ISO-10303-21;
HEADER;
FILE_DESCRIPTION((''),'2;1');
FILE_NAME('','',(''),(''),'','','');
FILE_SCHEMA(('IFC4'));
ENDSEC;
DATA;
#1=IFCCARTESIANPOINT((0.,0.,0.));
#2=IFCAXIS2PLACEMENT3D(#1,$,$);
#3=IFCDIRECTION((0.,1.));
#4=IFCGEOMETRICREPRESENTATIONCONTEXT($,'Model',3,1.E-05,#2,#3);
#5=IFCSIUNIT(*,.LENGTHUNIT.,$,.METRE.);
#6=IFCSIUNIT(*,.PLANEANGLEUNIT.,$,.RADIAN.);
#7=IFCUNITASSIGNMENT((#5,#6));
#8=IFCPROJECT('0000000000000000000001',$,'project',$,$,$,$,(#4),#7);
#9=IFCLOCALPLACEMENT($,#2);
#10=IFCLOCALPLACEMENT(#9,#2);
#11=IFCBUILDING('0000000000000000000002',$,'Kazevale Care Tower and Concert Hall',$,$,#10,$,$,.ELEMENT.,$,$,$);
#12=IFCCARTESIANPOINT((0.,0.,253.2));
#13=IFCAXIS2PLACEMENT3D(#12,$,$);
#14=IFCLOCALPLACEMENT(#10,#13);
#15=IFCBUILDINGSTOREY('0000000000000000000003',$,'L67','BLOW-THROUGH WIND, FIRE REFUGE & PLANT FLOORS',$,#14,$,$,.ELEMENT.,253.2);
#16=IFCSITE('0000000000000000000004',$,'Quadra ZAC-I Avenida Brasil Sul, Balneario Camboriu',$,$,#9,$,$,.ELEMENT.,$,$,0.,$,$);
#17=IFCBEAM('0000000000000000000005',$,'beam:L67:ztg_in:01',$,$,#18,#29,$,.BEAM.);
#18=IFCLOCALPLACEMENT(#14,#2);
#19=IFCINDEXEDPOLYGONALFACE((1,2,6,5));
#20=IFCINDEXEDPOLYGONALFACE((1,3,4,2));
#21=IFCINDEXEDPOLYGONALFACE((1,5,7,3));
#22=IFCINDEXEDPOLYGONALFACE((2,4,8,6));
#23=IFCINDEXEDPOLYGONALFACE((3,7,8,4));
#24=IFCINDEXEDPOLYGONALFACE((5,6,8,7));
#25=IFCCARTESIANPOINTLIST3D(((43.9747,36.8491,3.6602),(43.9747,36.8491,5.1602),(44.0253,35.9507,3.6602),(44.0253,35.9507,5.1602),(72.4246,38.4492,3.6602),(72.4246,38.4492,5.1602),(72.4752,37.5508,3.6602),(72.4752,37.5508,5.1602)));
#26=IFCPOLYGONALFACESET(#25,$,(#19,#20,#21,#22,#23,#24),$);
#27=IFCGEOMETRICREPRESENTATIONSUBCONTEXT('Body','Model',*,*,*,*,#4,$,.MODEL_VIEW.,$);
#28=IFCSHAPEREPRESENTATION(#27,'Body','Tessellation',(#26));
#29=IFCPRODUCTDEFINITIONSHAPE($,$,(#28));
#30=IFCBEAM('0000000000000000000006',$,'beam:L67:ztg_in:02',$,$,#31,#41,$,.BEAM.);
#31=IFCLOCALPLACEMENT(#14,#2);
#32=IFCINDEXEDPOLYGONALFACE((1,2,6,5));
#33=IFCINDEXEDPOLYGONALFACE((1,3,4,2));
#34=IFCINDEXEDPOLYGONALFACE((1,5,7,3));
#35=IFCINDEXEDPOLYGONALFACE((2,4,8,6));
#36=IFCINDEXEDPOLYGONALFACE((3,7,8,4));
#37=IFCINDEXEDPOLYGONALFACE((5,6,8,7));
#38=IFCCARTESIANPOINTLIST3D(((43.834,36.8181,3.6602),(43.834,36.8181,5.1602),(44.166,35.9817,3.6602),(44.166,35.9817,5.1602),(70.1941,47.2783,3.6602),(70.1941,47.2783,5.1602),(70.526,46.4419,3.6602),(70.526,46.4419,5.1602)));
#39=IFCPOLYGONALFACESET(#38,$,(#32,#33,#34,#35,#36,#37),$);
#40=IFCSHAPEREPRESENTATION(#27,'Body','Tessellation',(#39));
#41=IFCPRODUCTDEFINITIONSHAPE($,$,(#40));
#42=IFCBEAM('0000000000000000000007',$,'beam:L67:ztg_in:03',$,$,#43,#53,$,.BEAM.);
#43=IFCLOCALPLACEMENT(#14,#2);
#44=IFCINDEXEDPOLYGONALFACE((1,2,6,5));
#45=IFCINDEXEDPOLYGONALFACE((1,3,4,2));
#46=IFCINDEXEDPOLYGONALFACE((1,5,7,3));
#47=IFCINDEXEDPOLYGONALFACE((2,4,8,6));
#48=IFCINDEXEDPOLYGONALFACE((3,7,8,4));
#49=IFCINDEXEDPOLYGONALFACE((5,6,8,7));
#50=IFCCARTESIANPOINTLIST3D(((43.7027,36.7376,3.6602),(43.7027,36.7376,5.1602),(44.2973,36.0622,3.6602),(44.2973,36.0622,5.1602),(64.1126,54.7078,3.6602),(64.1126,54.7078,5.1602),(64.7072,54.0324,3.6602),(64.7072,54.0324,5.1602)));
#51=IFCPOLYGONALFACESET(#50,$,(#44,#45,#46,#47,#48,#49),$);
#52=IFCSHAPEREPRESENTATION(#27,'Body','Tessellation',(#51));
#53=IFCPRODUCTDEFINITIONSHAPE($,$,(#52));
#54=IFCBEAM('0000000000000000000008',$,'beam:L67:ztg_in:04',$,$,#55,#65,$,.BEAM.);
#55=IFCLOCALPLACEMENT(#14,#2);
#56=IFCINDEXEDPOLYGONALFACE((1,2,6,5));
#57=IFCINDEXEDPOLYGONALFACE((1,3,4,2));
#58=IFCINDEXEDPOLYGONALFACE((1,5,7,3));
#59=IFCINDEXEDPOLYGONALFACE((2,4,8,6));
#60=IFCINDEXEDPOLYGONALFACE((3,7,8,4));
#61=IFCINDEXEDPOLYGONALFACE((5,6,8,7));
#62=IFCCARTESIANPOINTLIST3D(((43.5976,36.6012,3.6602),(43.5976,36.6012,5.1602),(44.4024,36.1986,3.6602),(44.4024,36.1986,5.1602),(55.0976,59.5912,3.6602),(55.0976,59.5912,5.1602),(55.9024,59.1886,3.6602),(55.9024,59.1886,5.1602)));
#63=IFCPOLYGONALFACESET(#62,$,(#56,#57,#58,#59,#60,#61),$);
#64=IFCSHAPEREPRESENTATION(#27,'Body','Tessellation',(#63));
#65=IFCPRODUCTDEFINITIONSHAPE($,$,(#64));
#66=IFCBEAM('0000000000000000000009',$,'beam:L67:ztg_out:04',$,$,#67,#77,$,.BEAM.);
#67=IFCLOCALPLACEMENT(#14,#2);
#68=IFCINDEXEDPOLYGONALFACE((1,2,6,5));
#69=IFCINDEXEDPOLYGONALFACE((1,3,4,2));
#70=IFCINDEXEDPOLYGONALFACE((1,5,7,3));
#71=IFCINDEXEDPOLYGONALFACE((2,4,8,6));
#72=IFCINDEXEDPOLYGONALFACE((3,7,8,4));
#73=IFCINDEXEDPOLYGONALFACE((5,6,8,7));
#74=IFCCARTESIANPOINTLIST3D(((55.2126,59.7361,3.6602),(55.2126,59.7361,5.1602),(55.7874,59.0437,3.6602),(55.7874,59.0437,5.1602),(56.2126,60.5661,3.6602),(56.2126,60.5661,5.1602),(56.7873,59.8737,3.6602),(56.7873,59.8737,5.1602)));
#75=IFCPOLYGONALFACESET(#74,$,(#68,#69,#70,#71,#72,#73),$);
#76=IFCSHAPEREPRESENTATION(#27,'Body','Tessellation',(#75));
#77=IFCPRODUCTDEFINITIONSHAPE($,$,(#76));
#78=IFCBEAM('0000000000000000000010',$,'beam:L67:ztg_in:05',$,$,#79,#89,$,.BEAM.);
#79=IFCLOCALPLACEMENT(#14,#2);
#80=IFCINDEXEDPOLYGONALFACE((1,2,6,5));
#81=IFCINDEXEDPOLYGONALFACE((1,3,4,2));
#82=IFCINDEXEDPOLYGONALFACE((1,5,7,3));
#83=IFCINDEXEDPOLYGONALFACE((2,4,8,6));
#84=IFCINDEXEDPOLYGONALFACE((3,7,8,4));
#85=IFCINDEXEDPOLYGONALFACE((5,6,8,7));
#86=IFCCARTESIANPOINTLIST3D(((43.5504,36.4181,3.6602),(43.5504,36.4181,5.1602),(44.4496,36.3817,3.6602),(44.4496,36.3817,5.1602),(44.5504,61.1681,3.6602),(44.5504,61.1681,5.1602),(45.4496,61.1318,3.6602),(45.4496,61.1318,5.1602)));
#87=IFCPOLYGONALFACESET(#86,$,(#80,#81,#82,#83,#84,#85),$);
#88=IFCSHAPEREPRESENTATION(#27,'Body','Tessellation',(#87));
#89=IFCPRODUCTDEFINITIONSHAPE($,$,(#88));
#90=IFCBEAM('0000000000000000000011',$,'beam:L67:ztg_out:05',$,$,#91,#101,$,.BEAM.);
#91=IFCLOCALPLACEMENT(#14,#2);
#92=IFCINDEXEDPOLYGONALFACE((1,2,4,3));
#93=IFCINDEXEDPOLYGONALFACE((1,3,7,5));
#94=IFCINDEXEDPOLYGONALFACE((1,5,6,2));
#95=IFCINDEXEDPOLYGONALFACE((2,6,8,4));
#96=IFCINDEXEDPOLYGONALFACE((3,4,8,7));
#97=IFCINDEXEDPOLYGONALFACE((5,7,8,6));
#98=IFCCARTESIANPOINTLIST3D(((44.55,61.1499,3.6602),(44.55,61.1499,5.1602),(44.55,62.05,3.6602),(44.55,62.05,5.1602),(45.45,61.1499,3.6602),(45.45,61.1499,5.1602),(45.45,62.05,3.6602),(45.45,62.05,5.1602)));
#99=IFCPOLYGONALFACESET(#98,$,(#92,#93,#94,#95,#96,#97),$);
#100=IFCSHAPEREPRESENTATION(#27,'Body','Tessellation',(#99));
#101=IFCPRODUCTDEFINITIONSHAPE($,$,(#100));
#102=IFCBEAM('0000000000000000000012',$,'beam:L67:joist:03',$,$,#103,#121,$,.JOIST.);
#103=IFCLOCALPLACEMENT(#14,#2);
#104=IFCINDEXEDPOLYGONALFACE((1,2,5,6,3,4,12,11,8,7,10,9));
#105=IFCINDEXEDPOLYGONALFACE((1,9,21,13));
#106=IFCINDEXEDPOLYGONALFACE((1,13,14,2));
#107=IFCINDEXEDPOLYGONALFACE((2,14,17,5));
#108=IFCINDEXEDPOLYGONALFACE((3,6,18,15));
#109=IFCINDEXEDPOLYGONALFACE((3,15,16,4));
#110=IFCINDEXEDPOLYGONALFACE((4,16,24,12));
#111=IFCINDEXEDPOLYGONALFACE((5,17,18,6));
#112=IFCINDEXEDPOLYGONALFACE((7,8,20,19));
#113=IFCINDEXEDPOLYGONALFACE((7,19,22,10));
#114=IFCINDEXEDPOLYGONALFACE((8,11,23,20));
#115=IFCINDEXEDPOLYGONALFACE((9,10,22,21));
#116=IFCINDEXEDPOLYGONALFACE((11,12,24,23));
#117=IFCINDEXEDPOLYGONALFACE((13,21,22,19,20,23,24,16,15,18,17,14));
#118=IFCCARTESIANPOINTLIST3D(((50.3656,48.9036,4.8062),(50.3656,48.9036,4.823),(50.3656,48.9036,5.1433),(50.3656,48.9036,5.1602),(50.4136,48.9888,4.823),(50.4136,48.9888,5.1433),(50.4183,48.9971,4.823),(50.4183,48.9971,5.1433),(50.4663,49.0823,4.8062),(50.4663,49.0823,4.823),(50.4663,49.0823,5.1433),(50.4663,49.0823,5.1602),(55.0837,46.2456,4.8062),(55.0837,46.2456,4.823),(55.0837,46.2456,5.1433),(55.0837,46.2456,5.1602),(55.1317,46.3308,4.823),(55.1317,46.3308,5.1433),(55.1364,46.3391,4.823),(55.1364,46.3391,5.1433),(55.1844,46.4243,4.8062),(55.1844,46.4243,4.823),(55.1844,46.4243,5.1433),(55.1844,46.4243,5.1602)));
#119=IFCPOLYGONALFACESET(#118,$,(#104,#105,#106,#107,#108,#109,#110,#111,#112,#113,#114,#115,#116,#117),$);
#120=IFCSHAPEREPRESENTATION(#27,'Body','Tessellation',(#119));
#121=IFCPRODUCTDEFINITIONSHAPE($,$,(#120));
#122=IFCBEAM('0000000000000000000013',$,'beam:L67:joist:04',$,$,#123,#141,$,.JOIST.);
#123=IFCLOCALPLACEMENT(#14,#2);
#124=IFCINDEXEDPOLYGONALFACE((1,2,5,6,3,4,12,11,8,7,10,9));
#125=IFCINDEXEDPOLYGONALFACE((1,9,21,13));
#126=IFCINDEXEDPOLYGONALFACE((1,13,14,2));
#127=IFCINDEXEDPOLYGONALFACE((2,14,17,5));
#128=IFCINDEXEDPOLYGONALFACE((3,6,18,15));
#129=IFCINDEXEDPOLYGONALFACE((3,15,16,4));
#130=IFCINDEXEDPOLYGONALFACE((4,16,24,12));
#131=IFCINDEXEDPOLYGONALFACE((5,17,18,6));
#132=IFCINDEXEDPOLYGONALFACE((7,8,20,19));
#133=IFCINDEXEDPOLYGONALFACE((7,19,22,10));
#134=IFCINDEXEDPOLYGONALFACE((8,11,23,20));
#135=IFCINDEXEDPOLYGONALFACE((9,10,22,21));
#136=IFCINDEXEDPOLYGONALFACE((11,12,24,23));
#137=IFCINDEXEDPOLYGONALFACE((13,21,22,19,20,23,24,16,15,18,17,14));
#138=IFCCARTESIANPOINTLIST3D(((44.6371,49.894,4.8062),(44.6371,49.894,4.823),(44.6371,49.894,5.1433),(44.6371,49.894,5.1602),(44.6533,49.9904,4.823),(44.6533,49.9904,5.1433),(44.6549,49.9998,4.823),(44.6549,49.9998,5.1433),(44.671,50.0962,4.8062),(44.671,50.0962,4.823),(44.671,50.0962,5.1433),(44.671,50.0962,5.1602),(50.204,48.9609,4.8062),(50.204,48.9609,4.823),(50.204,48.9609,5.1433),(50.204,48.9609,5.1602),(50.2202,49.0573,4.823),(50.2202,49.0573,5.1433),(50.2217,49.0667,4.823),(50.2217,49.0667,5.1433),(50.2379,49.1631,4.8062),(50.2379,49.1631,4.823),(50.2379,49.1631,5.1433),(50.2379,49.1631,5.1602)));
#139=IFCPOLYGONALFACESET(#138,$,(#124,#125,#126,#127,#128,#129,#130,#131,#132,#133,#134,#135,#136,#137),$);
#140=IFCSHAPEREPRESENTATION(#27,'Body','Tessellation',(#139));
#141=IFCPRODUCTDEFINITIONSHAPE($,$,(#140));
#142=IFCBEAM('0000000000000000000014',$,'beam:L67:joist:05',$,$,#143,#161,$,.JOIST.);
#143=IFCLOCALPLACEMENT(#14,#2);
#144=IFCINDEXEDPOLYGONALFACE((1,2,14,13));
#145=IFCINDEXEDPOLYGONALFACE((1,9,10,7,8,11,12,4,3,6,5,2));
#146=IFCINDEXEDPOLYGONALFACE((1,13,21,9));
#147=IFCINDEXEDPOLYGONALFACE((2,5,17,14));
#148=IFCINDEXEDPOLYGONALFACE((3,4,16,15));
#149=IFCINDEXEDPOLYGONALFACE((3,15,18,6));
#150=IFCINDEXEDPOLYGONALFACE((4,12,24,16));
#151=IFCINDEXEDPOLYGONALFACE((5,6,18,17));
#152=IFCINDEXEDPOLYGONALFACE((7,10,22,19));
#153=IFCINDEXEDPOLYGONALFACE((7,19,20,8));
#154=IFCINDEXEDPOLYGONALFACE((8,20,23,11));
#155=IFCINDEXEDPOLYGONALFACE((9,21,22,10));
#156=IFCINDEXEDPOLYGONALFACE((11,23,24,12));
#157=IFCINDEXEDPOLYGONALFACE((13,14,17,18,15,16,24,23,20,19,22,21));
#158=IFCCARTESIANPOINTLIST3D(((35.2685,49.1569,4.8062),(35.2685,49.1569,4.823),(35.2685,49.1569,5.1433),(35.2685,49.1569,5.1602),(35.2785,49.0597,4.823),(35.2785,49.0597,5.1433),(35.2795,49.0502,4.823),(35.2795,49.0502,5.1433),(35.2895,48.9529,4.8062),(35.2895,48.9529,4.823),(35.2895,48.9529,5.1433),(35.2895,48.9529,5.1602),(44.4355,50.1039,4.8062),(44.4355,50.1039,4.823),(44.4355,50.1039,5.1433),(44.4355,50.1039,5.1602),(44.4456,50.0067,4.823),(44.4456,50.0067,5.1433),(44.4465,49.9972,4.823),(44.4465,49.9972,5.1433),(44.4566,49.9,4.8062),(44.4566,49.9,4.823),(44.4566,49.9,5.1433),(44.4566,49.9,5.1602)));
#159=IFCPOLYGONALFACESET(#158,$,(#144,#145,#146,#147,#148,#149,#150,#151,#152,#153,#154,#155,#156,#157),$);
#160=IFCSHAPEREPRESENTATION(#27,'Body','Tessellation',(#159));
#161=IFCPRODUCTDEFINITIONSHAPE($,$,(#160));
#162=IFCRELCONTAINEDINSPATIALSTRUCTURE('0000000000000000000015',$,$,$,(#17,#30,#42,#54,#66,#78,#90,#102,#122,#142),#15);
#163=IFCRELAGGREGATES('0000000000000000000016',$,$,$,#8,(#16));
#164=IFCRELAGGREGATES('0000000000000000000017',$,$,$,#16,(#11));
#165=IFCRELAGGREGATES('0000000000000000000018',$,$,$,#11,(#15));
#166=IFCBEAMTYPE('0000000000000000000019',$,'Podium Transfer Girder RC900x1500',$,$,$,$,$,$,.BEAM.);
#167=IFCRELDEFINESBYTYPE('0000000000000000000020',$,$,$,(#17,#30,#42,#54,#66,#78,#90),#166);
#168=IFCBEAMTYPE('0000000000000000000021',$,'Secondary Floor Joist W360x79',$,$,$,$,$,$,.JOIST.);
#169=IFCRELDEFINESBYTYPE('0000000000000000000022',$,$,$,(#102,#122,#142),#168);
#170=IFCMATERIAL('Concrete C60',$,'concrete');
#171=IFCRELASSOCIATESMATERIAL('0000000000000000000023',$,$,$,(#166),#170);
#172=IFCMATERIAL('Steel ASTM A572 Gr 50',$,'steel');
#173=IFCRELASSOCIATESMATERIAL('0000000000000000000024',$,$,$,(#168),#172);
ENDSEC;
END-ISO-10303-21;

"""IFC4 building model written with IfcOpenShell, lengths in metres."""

from ifc_helpers import new_model, si_unit, direction, frame, origin, origin_2d, place, context, subcontext, project, spatial, rectangle, i_section, extrude, material, material_profile, profile_set, type_object, element, save


model = new_model("IFC4")

# Units and contexts
model_context = context("Model", 3, precision=1e-05, world=origin(), true_north=direction((0.0, 1.0)))
body_context = subcontext(model_context, "Body", "Model", "MODEL_VIEW")
ifc_project = project(units=[si_unit("LENGTHUNIT", "METRE"), si_unit("PLANEANGLEUNIT", "RADIAN")], contexts=[model_context])

# Site, building, storey
site_placement = place(None, origin())
site = spatial("IfcSite", under=ifc_project, at=site_placement, Name="Quadra ZAC-I Avenida Brasil Sul, Balneario Camboriu", CompositionType="ELEMENT", RefElevation=0.0)
building_placement = place(site_placement, origin())
building = spatial("IfcBuilding", under=site, at=building_placement, Name="Kazevale Care Tower and Concert Hall", CompositionType="ELEMENT")
storey_placement = place(building_placement, frame((0.0, 0.0, 253.2)))
storey = spatial("IfcBuildingStorey", under=building, at=storey_placement, Name="L67", Description="BLOW-THROUGH WIND, FIRE REFUGE & PLANT FLOORS", CompositionType="ELEMENT", Elevation=253.2)

# Shared definitions
ifc_material_1 = material(Name="Concrete C60", Category="concrete")

# Shared definitions
ifc_material_2 = material(Name="Steel ASTM A572 Gr 50", Category="steel")

# Beams
ifc_material_profile_1 = material_profile(ifc_material_1, rectangle(XDim=0.8999, YDim=1.5, at=origin_2d()), Name="RC-TG900x1500")
ifc_profile_set_1 = profile_set([ifc_material_profile_1], Name="Concrete C60")
beam_type_1 = type_object("IfcBeamType", Name="Podium Transfer Girder RC900x1500", PredefinedType="BEAM", material=ifc_profile_set_1)
beam_1_placement = place(storey_placement, frame((44.0, 36.3999, 4.4102), z_axis=(0.998422, 0.056154, 0.0), x_axis=(-0.056154, 0.998422, 0.0)))
element("IfcBeam", 1, at=beam_1_placement, inside=storey, type_object=beam_type_1, Name="beam:L67:ztg_in:01", PredefinedType="BEAM", context=body_context, shape_type="SweptSolid", body=[
    extrude(rectangle(XDim=0.8999, YDim=1.5, at=origin_2d()), origin(), (0.0, 0.0, 1.0), 28.4949),
])
beam_2_placement = place(storey_placement, frame((44.0, 36.3999, 4.4102), z_axis=(0.929493, 0.368841, 0.0), x_axis=(-0.368841, 0.929493, 0.0)))
element("IfcBeam", 2, at=beam_2_placement, inside=storey, type_object=beam_type_1, Name="beam:L67:ztg_in:02", PredefinedType="BEAM", context=body_context, shape_type="SweptSolid", body=[
    extrude(rectangle(XDim=0.8999, YDim=1.5, at=origin_2d()), origin(), (0.0, 0.0, 1.0), 28.3596),
])
beam_3_placement = place(storey_placement, frame((44.0, 36.3999, 4.4102), z_axis=(0.75054, 0.660825, 0.0), x_axis=(-0.660825, 0.75054, 0.0)))
element("IfcBeam", 3, at=beam_3_placement, inside=storey, type_object=beam_type_1, Name="beam:L67:ztg_in:03", PredefinedType="BEAM", context=body_context, shape_type="SweptSolid", body=[
    extrude(rectangle(XDim=0.8999, YDim=1.5, at=origin_2d()), origin(), (0.0, 0.0, 1.0), 27.1936),
])
beam_4_placement = place(storey_placement, frame((44.0, 36.3999, 4.4102), z_axis=(0.447369, 0.894349, 0.0), x_axis=(-0.894349, 0.447369, 0.0)))
element("IfcBeam", 4, at=beam_4_placement, inside=storey, type_object=beam_type_1, Name="beam:L67:ztg_in:04", PredefinedType="BEAM", context=body_context, shape_type="SweptSolid", body=[
    extrude(rectangle(XDim=0.8999, YDim=1.5, at=origin_2d()), origin(), (0.0, 0.0, 1.0), 25.7058),
])
beam_5_placement = place(storey_placement, frame((55.5, 59.3899, 4.4102), z_axis=(0.769452, 0.638705, 0.0), x_axis=(-0.638705, 0.769452, 0.0)))
element("IfcBeam", 5, at=beam_5_placement, inside=storey, type_object=beam_type_1, Name="beam:L67:ztg_out:04", PredefinedType="BEAM", context=body_context, shape_type="SweptSolid", body=[
    extrude(rectangle(XDim=0.8999, YDim=1.5, at=origin_2d()), origin(), (0.0, 0.0, 1.0), 1.2996),
])
beam_6_placement = place(storey_placement, frame((44.0, 36.3999, 4.4102), z_axis=(0.040371, 0.999185, 0.0), x_axis=(-0.999185, 0.040371, 0.0)))
element("IfcBeam", 6, at=beam_6_placement, inside=storey, type_object=beam_type_1, Name="beam:L67:ztg_in:05", PredefinedType="BEAM", context=body_context, shape_type="SweptSolid", body=[
    extrude(rectangle(XDim=0.8999, YDim=1.5, at=origin_2d()), origin(), (0.0, 0.0, 1.0), 24.7703),
])
beam_7_placement = place(storey_placement, frame((45.0, 61.1499, 4.4102), z_axis=(0.0, 1.0, 0.0), x_axis=(-1.0, 0.0, 0.0)))
element("IfcBeam", 7, at=beam_7_placement, inside=storey, type_object=beam_type_1, Name="beam:L67:ztg_out:05", PredefinedType="BEAM", context=body_context, shape_type="SweptSolid", body=[
    extrude(rectangle(XDim=0.8999, YDim=1.5, at=origin_2d()), origin(), (0.0, 0.0, 1.0), 0.9001),
])
ifc_material_profile_2 = material_profile(ifc_material_2, i_section(OverallWidth=0.2051, OverallDepth=0.354, WebThickness=0.0095, FlangeThickness=0.0168, at=origin_2d()), Name="W360x79")
ifc_profile_set_2 = profile_set([ifc_material_profile_2], Name="Steel ASTM A572 Gr 50")
beam_type_2 = type_object("IfcBeamType", Name="Secondary Floor Joist W360x79", PredefinedType="JOIST", material=ifc_profile_set_2)
beam_8_placement = place(storey_placement, frame((55.134, 46.335, 4.9832), z_axis=(-0.871254, 0.490833, 0.0), x_axis=(-0.490833, -0.871254, 0.0)))
element("IfcBeam", 8, at=beam_8_placement, inside=storey, type_object=beam_type_2, Name="beam:L67:joist:03", PredefinedType="JOIST", context=body_context, shape_type="SweptSolid", body=[
    extrude(i_section(OverallWidth=0.2051, OverallDepth=0.354, WebThickness=0.0095, FlangeThickness=0.0168, at=origin_2d()), origin(), (0.0, 0.0, 1.0), 5.4153),
])
beam_9_placement = place(storey_placement, frame((50.2209, 49.062, 4.9832), z_axis=(-0.986242, 0.165311, 0.0), x_axis=(-0.165311, -0.986242, 0.0)))
element("IfcBeam", 9, at=beam_9_placement, inside=storey, type_object=beam_type_2, Name="beam:L67:joist:04", PredefinedType="JOIST", context=body_context, shape_type="SweptSolid", body=[
    extrude(i_section(OverallWidth=0.2051, OverallDepth=0.354, WebThickness=0.0095, FlangeThickness=0.0168, at=origin_2d()), origin(), (0.0, 0.0, 1.0), 5.6445),
])
beam_10_placement = place(storey_placement, frame((44.446, 50.002, 4.9832), z_axis=(-0.994706, -0.102761, 0.0), x_axis=(0.102761, -0.994706, 0.0)))
element("IfcBeam", 10, at=beam_10_placement, inside=storey, type_object=beam_type_2, Name="beam:L67:joist:05", PredefinedType="JOIST", context=body_context, shape_type="SweptSolid", body=[
    extrude(i_section(OverallWidth=0.2051, OverallDepth=0.354, WebThickness=0.0095, FlangeThickness=0.0168, at=origin_2d()), origin(), (0.0, 0.0, 1.0), 9.2158),
])

save(model, "model.ifc")
